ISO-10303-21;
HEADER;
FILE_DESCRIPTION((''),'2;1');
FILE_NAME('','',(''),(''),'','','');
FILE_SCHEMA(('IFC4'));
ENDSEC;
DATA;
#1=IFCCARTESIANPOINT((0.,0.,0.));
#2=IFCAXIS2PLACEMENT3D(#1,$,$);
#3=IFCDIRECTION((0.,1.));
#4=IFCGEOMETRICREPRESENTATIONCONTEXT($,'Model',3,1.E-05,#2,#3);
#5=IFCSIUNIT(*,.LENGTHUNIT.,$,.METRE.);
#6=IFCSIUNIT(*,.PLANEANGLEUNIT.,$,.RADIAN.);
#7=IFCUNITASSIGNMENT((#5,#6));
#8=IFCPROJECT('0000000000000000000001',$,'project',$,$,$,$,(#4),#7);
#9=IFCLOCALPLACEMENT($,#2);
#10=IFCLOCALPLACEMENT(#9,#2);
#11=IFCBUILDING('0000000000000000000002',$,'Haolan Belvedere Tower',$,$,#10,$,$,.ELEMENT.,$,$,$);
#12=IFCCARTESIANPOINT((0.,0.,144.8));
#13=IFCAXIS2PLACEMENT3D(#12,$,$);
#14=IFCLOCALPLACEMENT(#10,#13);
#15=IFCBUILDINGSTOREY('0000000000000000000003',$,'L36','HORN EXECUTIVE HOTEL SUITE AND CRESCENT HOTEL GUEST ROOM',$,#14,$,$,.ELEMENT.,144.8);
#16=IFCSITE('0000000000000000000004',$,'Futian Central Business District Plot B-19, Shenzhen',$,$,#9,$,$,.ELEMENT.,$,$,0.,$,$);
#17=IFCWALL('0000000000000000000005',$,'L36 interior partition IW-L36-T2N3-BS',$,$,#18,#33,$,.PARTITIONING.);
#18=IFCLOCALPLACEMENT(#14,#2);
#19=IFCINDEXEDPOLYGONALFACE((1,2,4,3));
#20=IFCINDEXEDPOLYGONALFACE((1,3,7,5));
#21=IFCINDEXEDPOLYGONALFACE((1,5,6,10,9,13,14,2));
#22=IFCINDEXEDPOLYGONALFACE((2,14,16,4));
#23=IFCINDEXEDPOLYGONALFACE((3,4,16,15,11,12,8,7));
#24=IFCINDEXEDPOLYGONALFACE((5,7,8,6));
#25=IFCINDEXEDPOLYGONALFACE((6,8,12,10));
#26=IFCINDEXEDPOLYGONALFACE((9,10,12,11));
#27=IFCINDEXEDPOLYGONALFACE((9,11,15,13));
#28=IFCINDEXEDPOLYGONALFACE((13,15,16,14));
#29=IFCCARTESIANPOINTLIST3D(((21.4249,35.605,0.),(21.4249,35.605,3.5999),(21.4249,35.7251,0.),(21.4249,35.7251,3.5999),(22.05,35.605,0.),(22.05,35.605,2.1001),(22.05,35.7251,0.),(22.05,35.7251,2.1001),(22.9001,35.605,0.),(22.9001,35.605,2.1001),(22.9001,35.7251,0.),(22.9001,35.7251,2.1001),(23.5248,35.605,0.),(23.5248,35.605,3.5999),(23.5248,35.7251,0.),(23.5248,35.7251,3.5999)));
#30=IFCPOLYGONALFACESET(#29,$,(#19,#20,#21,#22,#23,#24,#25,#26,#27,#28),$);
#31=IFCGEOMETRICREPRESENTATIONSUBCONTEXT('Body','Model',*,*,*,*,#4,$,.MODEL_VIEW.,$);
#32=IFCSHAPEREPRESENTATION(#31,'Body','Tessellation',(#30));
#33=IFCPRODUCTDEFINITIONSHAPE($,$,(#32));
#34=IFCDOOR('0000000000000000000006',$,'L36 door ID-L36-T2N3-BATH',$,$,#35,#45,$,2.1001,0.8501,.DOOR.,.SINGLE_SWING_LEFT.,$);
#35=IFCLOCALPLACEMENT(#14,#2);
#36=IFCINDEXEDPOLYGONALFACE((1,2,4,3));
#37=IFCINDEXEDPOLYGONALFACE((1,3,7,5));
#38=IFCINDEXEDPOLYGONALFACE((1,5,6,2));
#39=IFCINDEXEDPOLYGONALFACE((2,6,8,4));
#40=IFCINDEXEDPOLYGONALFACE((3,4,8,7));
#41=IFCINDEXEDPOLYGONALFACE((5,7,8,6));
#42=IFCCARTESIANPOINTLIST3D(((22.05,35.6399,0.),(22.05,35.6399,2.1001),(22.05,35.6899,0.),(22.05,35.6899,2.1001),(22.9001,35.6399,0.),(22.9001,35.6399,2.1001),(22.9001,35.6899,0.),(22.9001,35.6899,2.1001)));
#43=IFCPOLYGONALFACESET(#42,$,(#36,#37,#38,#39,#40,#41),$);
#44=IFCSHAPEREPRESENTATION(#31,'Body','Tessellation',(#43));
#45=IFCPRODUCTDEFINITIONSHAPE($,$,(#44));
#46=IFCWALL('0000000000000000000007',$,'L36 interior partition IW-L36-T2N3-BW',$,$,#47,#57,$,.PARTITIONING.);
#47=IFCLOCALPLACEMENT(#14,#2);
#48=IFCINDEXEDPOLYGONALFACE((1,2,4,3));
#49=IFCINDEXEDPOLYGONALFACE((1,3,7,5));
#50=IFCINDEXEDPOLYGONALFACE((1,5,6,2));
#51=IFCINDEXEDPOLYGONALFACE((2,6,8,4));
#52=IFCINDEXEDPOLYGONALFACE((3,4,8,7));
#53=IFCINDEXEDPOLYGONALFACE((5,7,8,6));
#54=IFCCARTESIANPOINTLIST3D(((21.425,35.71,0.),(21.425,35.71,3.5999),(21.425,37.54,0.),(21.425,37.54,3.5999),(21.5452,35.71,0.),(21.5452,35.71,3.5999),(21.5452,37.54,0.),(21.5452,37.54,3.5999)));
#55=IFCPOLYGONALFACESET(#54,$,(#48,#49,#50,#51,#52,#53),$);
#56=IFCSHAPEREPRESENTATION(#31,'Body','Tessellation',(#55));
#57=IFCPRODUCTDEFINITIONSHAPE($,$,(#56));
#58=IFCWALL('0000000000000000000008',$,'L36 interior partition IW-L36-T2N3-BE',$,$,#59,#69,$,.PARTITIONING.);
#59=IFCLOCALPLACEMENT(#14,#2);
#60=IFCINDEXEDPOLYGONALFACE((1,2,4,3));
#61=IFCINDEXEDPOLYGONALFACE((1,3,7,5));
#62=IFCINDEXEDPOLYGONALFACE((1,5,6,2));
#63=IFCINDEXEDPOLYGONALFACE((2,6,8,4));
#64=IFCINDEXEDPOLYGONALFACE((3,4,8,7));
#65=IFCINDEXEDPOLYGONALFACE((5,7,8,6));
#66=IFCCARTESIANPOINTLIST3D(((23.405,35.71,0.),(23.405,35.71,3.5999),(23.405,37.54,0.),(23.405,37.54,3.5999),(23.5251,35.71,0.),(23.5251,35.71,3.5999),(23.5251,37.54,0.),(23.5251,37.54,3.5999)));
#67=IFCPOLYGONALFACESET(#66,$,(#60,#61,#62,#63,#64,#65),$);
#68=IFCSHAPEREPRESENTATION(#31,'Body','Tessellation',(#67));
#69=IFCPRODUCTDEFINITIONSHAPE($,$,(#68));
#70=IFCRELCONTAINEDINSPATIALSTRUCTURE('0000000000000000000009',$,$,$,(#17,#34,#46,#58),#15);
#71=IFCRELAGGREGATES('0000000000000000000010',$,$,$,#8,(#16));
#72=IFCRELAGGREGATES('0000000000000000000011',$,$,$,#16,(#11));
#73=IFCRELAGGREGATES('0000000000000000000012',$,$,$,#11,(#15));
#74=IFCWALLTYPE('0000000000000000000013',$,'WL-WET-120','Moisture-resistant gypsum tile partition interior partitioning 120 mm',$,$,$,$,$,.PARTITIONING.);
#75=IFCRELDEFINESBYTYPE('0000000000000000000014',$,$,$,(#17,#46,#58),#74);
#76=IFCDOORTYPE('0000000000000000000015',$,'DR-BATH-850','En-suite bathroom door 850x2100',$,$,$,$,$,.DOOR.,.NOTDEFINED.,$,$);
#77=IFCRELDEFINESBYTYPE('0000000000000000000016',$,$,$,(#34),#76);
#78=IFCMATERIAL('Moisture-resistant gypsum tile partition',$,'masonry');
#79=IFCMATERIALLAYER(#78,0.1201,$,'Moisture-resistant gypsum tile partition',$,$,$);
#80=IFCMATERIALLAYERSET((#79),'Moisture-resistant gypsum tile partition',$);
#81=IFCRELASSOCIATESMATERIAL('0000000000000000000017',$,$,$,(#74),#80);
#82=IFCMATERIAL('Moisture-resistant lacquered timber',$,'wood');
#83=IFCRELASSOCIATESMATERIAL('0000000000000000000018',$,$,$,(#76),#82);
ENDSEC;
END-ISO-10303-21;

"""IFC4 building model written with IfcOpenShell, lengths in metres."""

from ifc_helpers import new_model, si_unit, direction, frame, frame_2d, origin, place, context, subcontext, project, spatial, rectangle, extrude, material, layer, layer_set, type_object, element, fill, save


model = new_model("IFC4")

# Units and contexts
model_context = context("Model", 3, precision=1e-05, world=origin(), true_north=direction((0.0, 1.0)))
body_context = subcontext(model_context, "Body", "Model", "MODEL_VIEW")
ifc_project = project(units=[si_unit("LENGTHUNIT", "METRE"), si_unit("PLANEANGLEUNIT", "RADIAN")], contexts=[model_context])

# Site, building, storey
site_placement = place(None, origin())
site = spatial("IfcSite", under=ifc_project, at=site_placement, Name="Futian Central Business District Plot B-19, Shenzhen", CompositionType="ELEMENT", RefElevation=0.0)
building_placement = place(site_placement, origin())
building = spatial("IfcBuilding", under=site, at=building_placement, Name="Haolan Belvedere Tower", CompositionType="ELEMENT")
storey_placement = place(building_placement, frame((0.0, 0.0, 144.8)))
storey = spatial("IfcBuildingStorey", under=building, at=storey_placement, Name="L36", Description="HORN EXECUTIVE HOTEL SUITE AND CRESCENT HOTEL GUEST ROOM", CompositionType="ELEMENT", Elevation=144.8)

# Shared definitions
ifc_material_1 = material(Name="Moisture-resistant gypsum tile partition", Category="masonry")
ifc_layer_1 = layer(ifc_material_1, 0.1201, Name="Moisture-resistant gypsum tile partition")
ifc_layer_set_1 = layer_set([ifc_layer_1], Name="Moisture-resistant gypsum tile partition")
wall_type_1 = type_object("IfcWallType", Name="WL-WET-120", Description="Moisture-resistant gypsum tile partition interior partitioning 120 mm", PredefinedType="PARTITIONING", material=ifc_layer_set_1)
ifc_material_2 = material(Name="Moisture-resistant lacquered timber", Category="wood")
door_type_1 = type_object("IfcDoorType", Name="DR-BATH-850", Description="En-suite bathroom door 850x2100", OperationType="NOTDEFINED", PredefinedType="DOOR", material=ifc_material_2)

# Wall, opening, door
wall_1_placement = place(storey_placement, frame((21.425, 35.665, 0.0), z_axis=(0.0, 0.0, 1.0), x_axis=(1.0, 0.0, 0.0)))
wall_1 = element("IfcWall", 1, at=wall_1_placement, inside=storey, type_object=wall_type_1, Name="L36 interior partition IW-L36-T2N3-BS", PredefinedType="PARTITIONING", context=body_context, shape_type="SweptSolid", body=[
    extrude(rectangle(XDim=2.0999, YDim=0.1201, at=frame_2d((1.0498, 0.0))), origin(), (0.0, 0.0, 1.0), 3.5999),
])
opening_1_placement = place(wall_1_placement, frame((0.625, 0.0, 0.0)))
opening_1 = element("IfcOpeningElement", 2, at=opening_1_placement, cuts=wall_1, PredefinedType="OPENING", context=body_context, shape_type="SweptSolid", body=[
    extrude(rectangle(XDim=0.8501, YDim=2.1001, at=frame_2d((0.425, 1.05))), frame((0.0, 0.0701, 0.0), z_axis=(0.0, -1.0, 0.0), x_axis=(1.0, 0.0, 0.0)), (0.0, 0.0, 1.0), 0.1401),
])
door_1_placement = place(opening_1_placement, origin())
door_1 = element("IfcDoor", 3, at=door_1_placement, inside=storey, type_object=door_type_1, Name="L36 door ID-L36-T2N3-BATH", OperationType="SINGLE_SWING_LEFT", OverallHeight=2.1001, OverallWidth=0.8501, PredefinedType="DOOR", context=body_context, shape_type="SweptSolid", body=[
    extrude(rectangle(XDim=0.8501, YDim=2.1001, at=frame_2d((0.425, 1.05))), frame((0.0, 0.0249, 0.0), z_axis=(0.0, -1.0, 0.0), x_axis=(1.0, 0.0, 0.0)), (0.0, 0.0, 1.0), 0.05),
])
fill(opening_1, door_1)

# Walls
for number, where, z_axis, x_axis, name in (
    (4, (21.4851, 35.71, 0.0), (0.0, 0.0, 1.0), (0.0, 1.0, 0.0), "L36 interior partition IW-L36-T2N3-BW"),
    (5, (23.4651, 35.71, 0.0), (0.0, 0.0, 1.0), (0.0, 1.0, 0.0), "L36 interior partition IW-L36-T2N3-BE"),
):
    element("IfcWall", number, at=place(storey_placement, frame(where, z_axis=z_axis, x_axis=x_axis)), inside=storey, type_object=wall_type_1, Name=name, PredefinedType="PARTITIONING", context=body_context, shape_type="SweptSolid", body=[
        extrude(rectangle(XDim=1.8301, YDim=0.1201, at=frame_2d((0.915, 0.0))), origin(), (0.0, 0.0, 1.0), 3.5999),
    ])

save(model, "model.ifc")
